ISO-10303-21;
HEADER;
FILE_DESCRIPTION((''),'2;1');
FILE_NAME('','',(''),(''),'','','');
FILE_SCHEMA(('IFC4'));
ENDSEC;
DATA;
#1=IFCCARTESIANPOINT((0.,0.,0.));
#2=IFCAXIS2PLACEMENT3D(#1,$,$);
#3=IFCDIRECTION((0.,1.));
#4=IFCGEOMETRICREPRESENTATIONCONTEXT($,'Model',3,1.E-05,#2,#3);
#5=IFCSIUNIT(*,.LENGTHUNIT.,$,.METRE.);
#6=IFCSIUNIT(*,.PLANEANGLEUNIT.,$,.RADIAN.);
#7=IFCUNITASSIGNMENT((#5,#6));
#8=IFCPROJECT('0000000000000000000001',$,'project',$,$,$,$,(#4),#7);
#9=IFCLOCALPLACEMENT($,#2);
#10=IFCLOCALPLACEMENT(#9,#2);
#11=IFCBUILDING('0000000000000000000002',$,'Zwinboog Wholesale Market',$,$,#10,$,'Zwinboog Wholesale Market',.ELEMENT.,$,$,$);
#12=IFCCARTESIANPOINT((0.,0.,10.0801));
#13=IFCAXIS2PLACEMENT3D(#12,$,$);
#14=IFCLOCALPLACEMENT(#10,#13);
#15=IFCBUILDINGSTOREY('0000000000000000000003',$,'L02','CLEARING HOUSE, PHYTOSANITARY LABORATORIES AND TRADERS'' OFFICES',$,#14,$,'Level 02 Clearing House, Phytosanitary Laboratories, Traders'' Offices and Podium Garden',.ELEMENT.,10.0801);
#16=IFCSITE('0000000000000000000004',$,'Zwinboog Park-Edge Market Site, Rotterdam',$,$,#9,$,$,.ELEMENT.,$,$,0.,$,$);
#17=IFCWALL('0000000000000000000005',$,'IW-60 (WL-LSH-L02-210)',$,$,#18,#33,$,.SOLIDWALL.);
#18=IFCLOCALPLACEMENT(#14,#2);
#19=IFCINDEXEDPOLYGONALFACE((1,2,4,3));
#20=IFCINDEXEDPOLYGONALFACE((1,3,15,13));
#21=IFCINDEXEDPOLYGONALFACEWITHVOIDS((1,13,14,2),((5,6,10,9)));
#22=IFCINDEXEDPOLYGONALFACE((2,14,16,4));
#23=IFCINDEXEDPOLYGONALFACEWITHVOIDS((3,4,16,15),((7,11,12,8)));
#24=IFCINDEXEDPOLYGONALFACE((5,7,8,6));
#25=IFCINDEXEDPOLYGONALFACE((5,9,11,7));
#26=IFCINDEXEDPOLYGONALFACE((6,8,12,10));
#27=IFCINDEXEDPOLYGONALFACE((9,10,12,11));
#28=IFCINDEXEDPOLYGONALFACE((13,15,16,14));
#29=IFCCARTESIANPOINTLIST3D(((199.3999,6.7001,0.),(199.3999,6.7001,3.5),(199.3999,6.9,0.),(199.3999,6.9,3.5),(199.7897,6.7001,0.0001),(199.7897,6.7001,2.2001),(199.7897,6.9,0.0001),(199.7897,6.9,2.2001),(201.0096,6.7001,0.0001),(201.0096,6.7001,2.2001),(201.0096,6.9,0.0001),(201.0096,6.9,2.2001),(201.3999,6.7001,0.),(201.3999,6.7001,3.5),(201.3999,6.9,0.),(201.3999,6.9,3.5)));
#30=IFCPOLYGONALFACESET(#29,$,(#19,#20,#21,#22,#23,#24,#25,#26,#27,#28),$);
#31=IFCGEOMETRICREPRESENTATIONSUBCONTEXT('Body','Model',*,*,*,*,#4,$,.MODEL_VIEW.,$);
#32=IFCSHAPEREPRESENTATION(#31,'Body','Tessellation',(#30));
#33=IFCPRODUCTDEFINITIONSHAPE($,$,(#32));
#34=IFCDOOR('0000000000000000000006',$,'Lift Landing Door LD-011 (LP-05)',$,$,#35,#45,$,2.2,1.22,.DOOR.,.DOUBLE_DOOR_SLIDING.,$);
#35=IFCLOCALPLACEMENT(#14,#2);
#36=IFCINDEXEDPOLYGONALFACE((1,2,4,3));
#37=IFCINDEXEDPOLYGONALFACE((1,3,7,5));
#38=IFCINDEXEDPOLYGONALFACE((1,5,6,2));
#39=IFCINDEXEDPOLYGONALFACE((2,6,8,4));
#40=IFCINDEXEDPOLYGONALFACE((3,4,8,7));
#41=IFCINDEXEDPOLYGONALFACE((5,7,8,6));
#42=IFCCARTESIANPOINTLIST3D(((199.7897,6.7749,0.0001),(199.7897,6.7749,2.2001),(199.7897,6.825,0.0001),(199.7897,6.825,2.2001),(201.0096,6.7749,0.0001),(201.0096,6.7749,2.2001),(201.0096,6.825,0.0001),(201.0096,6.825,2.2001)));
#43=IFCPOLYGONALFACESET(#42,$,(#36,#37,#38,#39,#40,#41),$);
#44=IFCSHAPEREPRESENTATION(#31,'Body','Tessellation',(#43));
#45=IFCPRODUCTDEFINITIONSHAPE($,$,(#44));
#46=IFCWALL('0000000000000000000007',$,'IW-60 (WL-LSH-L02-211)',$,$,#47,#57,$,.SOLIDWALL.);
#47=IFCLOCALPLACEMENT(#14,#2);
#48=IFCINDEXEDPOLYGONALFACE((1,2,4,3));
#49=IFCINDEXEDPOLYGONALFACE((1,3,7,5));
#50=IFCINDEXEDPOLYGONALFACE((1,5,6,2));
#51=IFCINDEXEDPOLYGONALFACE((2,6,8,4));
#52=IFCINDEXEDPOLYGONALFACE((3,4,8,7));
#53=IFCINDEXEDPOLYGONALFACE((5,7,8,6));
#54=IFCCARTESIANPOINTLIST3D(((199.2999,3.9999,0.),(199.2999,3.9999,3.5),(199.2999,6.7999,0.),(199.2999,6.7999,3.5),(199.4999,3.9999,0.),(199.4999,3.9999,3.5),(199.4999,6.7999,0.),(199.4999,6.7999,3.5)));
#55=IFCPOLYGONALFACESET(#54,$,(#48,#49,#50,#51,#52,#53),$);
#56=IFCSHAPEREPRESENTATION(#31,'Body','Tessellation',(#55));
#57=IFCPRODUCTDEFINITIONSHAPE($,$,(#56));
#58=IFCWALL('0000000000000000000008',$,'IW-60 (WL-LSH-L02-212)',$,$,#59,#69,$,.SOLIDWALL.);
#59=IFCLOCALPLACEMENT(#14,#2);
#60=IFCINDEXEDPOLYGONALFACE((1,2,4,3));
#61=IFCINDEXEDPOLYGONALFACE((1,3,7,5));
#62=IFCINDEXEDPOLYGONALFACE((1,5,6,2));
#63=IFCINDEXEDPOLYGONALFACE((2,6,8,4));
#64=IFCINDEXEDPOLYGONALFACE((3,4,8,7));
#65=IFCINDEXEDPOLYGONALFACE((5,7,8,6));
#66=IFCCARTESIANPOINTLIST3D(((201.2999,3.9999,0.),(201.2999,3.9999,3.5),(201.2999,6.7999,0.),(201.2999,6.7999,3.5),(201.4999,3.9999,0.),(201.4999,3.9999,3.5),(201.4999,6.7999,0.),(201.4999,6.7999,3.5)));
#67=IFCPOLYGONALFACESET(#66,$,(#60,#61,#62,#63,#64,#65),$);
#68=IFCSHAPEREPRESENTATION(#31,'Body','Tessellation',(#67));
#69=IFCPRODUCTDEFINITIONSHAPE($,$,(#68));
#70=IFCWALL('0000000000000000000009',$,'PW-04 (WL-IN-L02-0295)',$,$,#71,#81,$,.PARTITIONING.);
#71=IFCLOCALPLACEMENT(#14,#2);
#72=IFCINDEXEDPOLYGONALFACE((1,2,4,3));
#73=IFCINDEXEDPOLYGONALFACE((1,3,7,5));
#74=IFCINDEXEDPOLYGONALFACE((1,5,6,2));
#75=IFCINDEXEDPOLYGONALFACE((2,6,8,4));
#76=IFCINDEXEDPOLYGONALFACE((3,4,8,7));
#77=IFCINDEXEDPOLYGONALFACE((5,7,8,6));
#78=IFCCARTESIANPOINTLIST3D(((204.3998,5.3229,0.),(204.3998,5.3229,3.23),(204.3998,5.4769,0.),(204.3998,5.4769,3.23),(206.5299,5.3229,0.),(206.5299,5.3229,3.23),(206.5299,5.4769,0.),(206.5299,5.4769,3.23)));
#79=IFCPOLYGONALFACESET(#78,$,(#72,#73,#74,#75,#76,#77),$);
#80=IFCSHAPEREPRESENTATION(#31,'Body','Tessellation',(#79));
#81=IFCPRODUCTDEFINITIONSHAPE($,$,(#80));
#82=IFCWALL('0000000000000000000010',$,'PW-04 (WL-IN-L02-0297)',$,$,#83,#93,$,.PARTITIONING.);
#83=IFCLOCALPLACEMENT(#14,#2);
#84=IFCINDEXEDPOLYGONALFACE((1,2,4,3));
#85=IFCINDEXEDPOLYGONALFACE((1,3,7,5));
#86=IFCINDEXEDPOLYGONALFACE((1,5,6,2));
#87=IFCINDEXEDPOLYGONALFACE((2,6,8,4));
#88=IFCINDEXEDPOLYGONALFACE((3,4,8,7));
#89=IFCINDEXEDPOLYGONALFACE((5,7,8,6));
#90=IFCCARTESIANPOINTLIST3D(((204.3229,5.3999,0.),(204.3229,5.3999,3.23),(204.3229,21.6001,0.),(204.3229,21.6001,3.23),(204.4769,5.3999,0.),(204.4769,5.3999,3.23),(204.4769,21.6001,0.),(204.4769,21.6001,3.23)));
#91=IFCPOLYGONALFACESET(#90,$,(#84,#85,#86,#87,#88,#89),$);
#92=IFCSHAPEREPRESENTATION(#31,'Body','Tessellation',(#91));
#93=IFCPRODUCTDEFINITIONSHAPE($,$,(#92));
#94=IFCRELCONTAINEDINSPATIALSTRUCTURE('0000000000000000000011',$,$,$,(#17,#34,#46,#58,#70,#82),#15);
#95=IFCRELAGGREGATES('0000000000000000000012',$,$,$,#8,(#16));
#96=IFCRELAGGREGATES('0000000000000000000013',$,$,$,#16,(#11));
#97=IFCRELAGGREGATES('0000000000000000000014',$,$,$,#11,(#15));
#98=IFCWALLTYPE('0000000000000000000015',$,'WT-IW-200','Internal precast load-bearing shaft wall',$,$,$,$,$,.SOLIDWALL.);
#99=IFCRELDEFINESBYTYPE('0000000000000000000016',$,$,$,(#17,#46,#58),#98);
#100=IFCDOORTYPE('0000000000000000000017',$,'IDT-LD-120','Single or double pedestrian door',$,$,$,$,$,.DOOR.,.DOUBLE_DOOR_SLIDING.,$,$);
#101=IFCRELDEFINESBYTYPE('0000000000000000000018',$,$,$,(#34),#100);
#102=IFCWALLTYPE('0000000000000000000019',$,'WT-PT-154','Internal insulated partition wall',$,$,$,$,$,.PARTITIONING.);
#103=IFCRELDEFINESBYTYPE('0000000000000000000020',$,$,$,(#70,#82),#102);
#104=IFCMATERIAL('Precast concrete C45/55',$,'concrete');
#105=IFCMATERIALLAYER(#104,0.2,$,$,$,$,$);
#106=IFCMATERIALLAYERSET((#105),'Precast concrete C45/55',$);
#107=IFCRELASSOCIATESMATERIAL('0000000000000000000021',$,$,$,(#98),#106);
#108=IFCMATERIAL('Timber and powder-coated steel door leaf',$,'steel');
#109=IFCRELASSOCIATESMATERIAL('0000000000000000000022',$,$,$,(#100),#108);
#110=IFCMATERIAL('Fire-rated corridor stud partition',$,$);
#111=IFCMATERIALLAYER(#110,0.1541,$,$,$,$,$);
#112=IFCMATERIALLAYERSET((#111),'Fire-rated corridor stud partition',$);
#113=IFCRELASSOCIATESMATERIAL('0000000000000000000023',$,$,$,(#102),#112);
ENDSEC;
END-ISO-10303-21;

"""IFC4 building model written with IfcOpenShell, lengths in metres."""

from ifc_helpers import new_model, si_unit, direction, frame, frame_2d, origin, place, context, subcontext, project, spatial, rectangle, extrude, material, layer, layer_set, type_object, element, fill, save


model = new_model("IFC4")

# Units and contexts
model_context = context("Model", 3, precision=1e-05, world=origin(), true_north=direction((0.0, 1.0)))
body_context = subcontext(model_context, "Body", "Model", "MODEL_VIEW")
ifc_project = project(units=[si_unit("LENGTHUNIT", "METRE"), si_unit("PLANEANGLEUNIT", "RADIAN")], contexts=[model_context])

# Site, building, storey
site_placement = place(None, origin())
site = spatial("IfcSite", under=ifc_project, at=site_placement, Name="Zwinboog Park-Edge Market Site, Rotterdam", CompositionType="ELEMENT", RefElevation=0.0)
building_placement = place(site_placement, origin())
building = spatial("IfcBuilding", under=site, at=building_placement, Name="Zwinboog Wholesale Market", LongName="Zwinboog Wholesale Market", CompositionType="ELEMENT")
storey_placement = place(building_placement, frame((0.0, 0.0, 10.0801)))
storey = spatial("IfcBuildingStorey", under=building, at=storey_placement, Name="L02", Description="CLEARING HOUSE, PHYTOSANITARY LABORATORIES AND TRADERS' OFFICES", LongName="Level 02 Clearing House, Phytosanitary Laboratories, Traders' Offices and Podium Garden", CompositionType="ELEMENT", Elevation=10.0801)

# Shared definitions
ifc_material_1 = material(Name="Precast concrete C45/55", Category="concrete")

# Shared definitions
ifc_layer_1 = layer(ifc_material_1, 0.2)
ifc_layer_set_1 = layer_set([ifc_layer_1], Name="Precast concrete C45/55")
wall_type_1 = type_object("IfcWallType", Name="WT-IW-200", Description="Internal precast load-bearing shaft wall", PredefinedType="SOLIDWALL", material=ifc_layer_set_1)

# Wall, opening, door
wall_1_placement = place(storey_placement, frame((199.3999, 6.8, 0.0), z_axis=(0.0, 0.0, 1.0), x_axis=(1.0, 0.0, 0.0)))
wall_1 = element("IfcWall", 1, at=wall_1_placement, inside=storey, type_object=wall_type_1, Name="IW-60 (WL-LSH-L02-210)", PredefinedType="SOLIDWALL", context=body_context, shape_type="SweptSolid", body=[
    extrude(rectangle(XDim=2.0, YDim=0.2, at=frame_2d((1.0, 0.0))), origin(), (0.0, 0.0, 1.0), 3.5),
])
opening_1_placement = place(wall_1_placement, frame((0.3899, 0.0, 0.0)))
opening_1 = element("IfcOpeningElement", 2, at=opening_1_placement, cuts=wall_1, PredefinedType="OPENING", context=body_context, shape_type="SweptSolid", body=[
    extrude(rectangle(XDim=1.22, YDim=2.2, at=frame_2d((0.6099, 1.1001))), frame((0.0, 0.1099, 0.0), z_axis=(0.0, -1.0, 0.0), x_axis=(1.0, 0.0, 0.0)), (0.0, 0.0, 1.0), 0.22),
])
ifc_material_2 = material(Name="Timber and powder-coated steel door leaf", Category="steel")
door_type = type_object("IfcDoorType", Name="IDT-LD-120", Description="Single or double pedestrian door", OperationType="DOUBLE_DOOR_SLIDING", PredefinedType="DOOR", material=ifc_material_2)
door_placement = place(opening_1_placement, origin())
door = element("IfcDoor", 3, at=door_placement, inside=storey, type_object=door_type, Name="Lift Landing Door LD-011 (LP-05)", OperationType="DOUBLE_DOOR_SLIDING", OverallHeight=2.2, OverallWidth=1.22, PredefinedType="DOOR", context=body_context, shape_type="SweptSolid", body=[
    extrude(rectangle(XDim=1.22, YDim=2.2, at=frame_2d((0.6099, 1.1001))), frame((0.0, 0.0249, 0.0), z_axis=(0.0, -1.0, 0.0), x_axis=(1.0, 0.0, 0.0)), (0.0, 0.0, 1.0), 0.05),
])
fill(opening_1, door)

# Walls
for number, where, z_axis, x_axis, name in (
    (4, (199.3999, 4.0, 0.0), (0.0, 0.0, 1.0), (0.0, 1.0, 0.0), "IW-60 (WL-LSH-L02-211)"),
    (5, (201.3999, 4.0, 0.0), (0.0, 0.0, 1.0), (0.0, 1.0, 0.0), "IW-60 (WL-LSH-L02-212)"),
):
    element("IfcWall", number, at=place(storey_placement, frame(where, z_axis=z_axis, x_axis=x_axis)), inside=storey, type_object=wall_type_1, Name=name, PredefinedType="SOLIDWALL", context=body_context, shape_type="SweptSolid", body=[
        extrude(rectangle(XDim=2.8, YDim=0.2, at=frame_2d((1.3999, 0.0))), origin(), (0.0, 0.0, 1.0), 3.5),
    ])
ifc_material_3 = material(Name="Fire-rated corridor stud partition")
ifc_layer_2 = layer(ifc_material_3, 0.1541)
ifc_layer_set_2 = layer_set([ifc_layer_2], Name="Fire-rated corridor stud partition")
wall_type_2 = type_object("IfcWallType", Name="WT-PT-154", Description="Internal insulated partition wall", PredefinedType="PARTITIONING", material=ifc_layer_set_2)
wall_2_placement = place(storey_placement, frame((204.3999, 5.3999, 0.0), z_axis=(0.0, 0.0, 1.0), x_axis=(1.0, 0.0, 0.0)))
element("IfcWall", 6, at=wall_2_placement, inside=storey, type_object=wall_type_2, Name="PW-04 (WL-IN-L02-0295)", PredefinedType="PARTITIONING", context=body_context, shape_type="SweptSolid", body=[
    extrude(rectangle(XDim=2.1301, YDim=0.1541, at=frame_2d((1.0649, 0.0))), origin(), (0.0, 0.0, 1.0), 3.23),
])
wall_3_placement = place(storey_placement, frame((204.3999, 5.3999, 0.0), z_axis=(0.0, 0.0, 1.0), x_axis=(0.0, 1.0, 0.0)))
element("IfcWall", 7, at=wall_3_placement, inside=storey, type_object=wall_type_2, Name="PW-04 (WL-IN-L02-0297)", PredefinedType="PARTITIONING", context=body_context, shape_type="SweptSolid", body=[
    extrude(rectangle(XDim=16.2002, YDim=0.1541, at=frame_2d((8.1001, 0.0))), origin(), (0.0, 0.0, 1.0), 3.23),
])

save(model, "model.ifc")
